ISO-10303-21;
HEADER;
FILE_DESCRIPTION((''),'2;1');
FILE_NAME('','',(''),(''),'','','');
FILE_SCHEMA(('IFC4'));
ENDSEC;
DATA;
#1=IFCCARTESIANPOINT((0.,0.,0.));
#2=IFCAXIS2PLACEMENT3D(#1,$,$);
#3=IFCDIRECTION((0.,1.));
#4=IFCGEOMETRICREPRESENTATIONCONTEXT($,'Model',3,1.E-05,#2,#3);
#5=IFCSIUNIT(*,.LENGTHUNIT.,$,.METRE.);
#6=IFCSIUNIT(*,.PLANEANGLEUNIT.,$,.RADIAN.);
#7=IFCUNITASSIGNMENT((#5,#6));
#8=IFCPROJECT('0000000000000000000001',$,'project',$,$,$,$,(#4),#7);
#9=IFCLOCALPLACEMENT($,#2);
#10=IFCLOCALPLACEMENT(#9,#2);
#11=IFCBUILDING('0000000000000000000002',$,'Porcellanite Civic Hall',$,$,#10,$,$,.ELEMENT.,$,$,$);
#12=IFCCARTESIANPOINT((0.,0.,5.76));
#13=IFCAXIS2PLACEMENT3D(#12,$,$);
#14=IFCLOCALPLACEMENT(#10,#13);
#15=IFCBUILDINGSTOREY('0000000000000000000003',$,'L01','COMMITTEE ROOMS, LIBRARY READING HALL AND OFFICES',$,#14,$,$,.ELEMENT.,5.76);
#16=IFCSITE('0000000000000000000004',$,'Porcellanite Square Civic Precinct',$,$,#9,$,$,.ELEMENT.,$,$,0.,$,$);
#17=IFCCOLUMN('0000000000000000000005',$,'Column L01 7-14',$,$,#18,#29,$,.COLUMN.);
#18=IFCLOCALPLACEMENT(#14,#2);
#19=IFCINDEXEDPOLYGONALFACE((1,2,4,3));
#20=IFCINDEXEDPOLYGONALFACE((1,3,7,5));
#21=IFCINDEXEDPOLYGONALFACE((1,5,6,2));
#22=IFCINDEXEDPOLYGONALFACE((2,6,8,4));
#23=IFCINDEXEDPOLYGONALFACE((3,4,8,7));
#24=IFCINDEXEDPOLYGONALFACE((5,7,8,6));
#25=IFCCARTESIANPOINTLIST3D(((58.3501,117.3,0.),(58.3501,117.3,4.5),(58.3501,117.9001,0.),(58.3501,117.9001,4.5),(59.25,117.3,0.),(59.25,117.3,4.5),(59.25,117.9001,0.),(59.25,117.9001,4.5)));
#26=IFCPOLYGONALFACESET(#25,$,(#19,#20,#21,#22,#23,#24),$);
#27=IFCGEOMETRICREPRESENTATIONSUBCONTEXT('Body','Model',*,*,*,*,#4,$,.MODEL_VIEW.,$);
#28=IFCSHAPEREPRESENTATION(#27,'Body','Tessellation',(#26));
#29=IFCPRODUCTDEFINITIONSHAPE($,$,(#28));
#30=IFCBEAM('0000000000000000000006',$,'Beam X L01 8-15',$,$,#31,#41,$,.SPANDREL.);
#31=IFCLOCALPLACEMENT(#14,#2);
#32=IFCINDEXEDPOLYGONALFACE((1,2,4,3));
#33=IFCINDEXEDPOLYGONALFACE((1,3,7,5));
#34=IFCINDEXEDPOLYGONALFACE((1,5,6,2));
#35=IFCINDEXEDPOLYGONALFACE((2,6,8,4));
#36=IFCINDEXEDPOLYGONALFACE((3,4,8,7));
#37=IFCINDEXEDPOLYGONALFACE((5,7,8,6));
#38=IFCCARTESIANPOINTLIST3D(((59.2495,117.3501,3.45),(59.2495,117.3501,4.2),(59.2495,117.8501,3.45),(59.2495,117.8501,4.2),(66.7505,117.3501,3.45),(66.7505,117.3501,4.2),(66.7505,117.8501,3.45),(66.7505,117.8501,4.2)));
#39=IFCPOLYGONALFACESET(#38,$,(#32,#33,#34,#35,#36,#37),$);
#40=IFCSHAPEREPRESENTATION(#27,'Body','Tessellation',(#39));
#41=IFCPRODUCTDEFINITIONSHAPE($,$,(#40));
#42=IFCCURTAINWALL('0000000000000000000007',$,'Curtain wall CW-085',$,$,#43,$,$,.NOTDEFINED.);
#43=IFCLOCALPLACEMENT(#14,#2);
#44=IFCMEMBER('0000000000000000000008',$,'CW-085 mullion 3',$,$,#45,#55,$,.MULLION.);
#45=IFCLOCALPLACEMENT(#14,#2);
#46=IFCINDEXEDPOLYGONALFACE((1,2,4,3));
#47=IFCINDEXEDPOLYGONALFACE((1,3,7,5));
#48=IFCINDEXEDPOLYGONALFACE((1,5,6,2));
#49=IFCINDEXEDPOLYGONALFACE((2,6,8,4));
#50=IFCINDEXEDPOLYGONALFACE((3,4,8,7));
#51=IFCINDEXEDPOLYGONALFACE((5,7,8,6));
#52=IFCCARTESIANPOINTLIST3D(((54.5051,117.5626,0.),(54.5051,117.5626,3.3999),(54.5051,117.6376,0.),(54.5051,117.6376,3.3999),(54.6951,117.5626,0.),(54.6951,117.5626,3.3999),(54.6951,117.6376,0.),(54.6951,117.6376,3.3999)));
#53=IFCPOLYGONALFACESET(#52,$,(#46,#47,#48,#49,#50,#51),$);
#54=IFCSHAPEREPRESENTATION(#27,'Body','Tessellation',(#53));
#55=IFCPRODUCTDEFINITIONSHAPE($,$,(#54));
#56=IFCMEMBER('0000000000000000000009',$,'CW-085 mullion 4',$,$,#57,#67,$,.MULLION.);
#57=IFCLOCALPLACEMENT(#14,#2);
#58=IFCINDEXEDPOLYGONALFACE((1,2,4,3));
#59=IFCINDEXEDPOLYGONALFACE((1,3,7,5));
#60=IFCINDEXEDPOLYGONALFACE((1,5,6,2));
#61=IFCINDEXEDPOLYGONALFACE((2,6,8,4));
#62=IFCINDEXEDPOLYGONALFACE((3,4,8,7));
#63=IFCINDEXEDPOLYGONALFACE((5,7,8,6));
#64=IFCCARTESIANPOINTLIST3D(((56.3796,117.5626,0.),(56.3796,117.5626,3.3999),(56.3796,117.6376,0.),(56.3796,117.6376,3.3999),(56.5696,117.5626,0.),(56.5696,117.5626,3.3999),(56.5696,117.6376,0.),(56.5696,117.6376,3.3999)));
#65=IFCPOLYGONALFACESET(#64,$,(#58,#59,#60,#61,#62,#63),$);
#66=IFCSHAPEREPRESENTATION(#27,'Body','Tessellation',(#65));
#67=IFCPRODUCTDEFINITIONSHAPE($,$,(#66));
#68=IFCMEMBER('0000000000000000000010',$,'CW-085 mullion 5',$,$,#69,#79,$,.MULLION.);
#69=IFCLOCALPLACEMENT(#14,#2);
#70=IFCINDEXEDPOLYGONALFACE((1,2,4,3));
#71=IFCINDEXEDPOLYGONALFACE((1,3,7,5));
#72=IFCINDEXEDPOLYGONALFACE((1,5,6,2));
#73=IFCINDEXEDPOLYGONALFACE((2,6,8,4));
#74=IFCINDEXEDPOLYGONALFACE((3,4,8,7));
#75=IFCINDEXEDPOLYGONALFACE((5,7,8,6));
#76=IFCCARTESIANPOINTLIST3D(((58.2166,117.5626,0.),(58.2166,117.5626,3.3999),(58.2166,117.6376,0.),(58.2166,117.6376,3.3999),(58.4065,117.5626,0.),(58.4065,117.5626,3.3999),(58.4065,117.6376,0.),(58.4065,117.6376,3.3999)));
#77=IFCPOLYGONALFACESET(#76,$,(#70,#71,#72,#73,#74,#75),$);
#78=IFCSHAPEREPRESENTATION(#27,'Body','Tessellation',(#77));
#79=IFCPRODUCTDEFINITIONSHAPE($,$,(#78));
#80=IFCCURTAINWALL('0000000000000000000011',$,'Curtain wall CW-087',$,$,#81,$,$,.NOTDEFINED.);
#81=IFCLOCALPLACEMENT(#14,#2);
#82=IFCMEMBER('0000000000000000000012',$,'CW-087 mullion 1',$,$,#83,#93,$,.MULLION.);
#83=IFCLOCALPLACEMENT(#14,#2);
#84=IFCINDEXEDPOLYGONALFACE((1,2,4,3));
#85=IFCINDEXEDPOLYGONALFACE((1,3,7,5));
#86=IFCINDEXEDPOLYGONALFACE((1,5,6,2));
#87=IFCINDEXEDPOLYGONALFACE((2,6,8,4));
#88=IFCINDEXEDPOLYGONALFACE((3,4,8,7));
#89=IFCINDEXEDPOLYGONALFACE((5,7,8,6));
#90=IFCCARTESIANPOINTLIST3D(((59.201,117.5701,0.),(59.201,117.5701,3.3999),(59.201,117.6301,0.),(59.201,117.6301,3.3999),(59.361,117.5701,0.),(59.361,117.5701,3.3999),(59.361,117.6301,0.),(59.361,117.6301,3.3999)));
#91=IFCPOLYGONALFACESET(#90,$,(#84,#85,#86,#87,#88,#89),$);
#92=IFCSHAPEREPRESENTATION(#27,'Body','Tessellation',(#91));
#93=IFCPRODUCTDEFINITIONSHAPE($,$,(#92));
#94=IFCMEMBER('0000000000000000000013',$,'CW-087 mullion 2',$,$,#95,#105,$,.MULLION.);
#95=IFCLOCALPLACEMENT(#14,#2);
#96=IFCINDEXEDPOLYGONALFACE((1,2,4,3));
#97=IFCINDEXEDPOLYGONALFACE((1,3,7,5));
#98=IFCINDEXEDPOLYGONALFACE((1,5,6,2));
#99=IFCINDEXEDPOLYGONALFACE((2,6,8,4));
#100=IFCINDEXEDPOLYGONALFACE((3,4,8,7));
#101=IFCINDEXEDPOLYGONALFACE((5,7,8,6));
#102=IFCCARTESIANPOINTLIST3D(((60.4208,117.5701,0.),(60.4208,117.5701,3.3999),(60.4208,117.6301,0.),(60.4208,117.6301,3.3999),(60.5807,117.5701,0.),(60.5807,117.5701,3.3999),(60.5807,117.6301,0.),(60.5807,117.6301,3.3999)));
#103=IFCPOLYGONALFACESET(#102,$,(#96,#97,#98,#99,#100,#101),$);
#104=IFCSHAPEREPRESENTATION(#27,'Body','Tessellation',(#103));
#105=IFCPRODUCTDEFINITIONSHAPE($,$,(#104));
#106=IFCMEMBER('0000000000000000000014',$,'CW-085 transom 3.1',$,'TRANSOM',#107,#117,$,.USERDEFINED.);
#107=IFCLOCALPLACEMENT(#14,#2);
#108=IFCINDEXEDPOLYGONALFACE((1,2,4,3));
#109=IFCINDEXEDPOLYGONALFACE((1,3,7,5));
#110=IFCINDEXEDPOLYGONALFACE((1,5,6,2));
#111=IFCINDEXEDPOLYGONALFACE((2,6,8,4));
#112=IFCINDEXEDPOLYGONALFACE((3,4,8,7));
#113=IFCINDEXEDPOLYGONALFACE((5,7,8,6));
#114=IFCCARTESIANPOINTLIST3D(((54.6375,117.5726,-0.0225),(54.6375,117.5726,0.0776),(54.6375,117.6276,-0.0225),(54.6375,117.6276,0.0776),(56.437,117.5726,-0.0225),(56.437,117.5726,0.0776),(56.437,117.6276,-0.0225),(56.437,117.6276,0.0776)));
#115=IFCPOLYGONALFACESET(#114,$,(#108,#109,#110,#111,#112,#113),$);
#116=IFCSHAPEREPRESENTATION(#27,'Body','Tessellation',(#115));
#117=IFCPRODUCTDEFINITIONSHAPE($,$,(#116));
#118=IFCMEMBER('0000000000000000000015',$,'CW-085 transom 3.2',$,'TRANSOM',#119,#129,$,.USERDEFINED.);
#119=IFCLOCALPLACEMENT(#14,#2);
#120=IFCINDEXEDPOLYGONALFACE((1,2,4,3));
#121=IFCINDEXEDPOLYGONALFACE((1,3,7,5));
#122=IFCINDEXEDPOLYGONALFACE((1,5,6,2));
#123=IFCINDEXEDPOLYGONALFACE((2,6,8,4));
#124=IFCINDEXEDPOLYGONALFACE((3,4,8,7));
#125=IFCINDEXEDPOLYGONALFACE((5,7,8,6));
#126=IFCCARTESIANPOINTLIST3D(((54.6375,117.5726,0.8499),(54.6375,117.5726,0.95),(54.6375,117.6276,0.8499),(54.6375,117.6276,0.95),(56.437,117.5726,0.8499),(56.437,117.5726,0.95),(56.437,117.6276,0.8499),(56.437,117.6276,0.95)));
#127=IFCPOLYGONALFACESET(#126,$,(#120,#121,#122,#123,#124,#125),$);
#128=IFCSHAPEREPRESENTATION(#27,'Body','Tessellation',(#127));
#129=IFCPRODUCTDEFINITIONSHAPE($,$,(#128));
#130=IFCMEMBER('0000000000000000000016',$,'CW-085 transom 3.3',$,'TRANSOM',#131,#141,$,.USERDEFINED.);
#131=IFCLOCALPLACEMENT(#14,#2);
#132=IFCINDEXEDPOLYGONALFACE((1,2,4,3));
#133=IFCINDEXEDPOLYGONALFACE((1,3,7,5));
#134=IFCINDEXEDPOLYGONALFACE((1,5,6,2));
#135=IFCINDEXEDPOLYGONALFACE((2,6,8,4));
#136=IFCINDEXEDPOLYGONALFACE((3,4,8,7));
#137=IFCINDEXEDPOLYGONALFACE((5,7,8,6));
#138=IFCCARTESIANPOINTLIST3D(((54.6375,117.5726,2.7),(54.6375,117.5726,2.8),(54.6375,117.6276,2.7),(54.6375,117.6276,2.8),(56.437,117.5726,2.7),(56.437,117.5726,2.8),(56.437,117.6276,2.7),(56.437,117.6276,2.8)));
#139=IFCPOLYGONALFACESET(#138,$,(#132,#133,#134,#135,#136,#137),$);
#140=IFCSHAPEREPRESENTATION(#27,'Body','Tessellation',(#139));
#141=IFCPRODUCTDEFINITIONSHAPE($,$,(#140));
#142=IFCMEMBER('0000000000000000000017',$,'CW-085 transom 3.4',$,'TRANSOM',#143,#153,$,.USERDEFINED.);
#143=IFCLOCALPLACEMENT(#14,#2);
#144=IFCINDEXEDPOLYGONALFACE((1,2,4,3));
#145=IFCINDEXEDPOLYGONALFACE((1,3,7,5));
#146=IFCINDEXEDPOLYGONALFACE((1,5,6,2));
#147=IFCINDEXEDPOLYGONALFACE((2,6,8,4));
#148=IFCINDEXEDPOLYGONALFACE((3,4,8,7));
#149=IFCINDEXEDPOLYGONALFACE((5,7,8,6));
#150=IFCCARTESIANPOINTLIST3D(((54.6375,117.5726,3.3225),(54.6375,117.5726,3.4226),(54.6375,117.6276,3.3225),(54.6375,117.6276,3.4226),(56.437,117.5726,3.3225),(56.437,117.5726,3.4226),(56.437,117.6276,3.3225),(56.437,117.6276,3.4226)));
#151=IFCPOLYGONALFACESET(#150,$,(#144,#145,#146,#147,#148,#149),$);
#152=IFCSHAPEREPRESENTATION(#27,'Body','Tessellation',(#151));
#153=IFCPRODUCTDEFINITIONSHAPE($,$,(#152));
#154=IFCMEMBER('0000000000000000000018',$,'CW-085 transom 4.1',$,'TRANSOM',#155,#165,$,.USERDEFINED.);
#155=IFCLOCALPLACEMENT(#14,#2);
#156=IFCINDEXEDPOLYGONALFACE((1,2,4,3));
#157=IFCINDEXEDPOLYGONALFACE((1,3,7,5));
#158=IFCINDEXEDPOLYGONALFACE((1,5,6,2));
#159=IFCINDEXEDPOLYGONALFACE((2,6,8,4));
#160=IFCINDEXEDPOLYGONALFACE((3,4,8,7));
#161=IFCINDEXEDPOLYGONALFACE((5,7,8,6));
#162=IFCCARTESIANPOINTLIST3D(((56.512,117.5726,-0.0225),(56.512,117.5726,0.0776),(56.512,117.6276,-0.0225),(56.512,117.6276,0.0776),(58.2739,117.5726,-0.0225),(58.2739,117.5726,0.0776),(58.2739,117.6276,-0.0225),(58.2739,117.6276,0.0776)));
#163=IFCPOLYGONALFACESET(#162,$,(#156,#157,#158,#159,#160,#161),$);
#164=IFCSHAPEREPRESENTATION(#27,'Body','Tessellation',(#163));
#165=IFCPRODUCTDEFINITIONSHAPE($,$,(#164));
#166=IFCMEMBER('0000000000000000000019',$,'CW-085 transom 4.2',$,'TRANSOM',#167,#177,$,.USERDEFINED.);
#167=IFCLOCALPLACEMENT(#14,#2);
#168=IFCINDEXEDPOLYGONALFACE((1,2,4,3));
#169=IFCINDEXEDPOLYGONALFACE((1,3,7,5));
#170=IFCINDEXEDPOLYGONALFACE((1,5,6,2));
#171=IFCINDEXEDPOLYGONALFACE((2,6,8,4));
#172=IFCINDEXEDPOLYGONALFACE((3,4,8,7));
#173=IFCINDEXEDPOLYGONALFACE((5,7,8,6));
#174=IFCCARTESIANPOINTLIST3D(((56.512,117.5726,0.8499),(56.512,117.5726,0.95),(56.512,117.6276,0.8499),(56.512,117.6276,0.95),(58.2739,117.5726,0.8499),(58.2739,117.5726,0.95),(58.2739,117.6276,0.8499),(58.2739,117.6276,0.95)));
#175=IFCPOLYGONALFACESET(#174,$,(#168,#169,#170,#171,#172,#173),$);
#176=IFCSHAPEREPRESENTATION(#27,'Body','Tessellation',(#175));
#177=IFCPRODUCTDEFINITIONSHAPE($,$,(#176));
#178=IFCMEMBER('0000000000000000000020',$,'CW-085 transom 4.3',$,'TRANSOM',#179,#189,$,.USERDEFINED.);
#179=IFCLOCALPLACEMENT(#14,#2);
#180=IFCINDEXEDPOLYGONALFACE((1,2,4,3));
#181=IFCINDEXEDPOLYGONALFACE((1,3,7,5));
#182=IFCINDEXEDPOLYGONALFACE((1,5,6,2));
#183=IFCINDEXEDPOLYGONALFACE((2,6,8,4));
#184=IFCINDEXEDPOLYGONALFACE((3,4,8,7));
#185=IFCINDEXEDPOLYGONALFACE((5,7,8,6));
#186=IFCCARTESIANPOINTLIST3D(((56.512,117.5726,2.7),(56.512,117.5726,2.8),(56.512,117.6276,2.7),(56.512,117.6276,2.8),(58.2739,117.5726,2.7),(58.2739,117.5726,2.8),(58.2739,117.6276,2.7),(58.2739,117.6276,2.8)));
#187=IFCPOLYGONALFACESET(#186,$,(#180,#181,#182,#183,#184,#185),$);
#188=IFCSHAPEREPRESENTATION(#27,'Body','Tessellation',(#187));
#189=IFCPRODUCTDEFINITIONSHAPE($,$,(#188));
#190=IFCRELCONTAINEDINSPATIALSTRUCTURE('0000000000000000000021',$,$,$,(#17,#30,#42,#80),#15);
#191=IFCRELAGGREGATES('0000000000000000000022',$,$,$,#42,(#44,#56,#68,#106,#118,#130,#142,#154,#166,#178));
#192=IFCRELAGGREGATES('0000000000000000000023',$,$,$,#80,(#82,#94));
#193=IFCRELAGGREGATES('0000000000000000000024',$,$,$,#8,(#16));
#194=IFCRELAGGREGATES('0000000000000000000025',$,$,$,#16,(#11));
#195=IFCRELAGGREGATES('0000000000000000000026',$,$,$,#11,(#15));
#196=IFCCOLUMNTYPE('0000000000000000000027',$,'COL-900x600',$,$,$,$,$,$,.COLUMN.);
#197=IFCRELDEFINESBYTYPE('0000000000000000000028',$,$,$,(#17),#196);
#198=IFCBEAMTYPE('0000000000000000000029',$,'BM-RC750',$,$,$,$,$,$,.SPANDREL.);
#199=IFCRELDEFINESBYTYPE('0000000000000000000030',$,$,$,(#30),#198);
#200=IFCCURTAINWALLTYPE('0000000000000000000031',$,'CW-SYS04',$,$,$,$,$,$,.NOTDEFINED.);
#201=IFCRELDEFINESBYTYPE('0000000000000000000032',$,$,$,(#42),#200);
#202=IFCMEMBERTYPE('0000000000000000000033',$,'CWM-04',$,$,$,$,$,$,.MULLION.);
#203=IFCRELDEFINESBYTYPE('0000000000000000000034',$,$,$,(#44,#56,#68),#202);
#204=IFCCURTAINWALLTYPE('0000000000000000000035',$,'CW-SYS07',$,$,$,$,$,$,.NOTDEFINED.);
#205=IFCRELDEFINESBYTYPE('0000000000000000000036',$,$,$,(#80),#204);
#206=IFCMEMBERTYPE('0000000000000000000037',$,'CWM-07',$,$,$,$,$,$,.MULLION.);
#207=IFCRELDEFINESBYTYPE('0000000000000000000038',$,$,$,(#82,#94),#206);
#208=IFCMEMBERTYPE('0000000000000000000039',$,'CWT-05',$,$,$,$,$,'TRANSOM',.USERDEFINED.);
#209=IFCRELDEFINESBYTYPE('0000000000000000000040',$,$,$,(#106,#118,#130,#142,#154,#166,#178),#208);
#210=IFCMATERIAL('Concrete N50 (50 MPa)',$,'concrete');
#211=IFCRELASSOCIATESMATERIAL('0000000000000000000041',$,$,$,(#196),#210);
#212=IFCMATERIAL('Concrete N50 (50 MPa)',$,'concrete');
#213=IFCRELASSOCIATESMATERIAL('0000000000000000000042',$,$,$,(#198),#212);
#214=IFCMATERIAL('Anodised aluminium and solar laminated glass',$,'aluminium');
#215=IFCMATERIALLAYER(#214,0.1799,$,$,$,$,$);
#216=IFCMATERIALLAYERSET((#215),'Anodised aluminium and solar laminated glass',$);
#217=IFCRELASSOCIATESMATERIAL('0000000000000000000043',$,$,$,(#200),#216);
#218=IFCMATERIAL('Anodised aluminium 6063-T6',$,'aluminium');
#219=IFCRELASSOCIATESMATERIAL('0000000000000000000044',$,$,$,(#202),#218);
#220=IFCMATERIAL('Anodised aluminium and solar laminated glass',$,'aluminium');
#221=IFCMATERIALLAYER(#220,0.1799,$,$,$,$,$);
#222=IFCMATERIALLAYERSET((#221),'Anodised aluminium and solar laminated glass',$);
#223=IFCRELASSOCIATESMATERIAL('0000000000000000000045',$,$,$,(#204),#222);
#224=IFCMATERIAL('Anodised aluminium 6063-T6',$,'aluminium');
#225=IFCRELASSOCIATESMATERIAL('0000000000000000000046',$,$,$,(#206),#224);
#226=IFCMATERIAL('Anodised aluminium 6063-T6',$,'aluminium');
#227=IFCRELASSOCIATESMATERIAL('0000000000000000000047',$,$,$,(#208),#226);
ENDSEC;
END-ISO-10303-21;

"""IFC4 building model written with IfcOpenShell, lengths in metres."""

from ifc_helpers import new_model, si_unit, direction, frame, origin, origin_2d, place, context, subcontext, project, spatial, rectangle, extrude, material, layer, layer_set, material_profile, profile_set, type_object, element, aggregate, save


model = new_model("IFC4")

# Units and contexts
model_context = context("Model", 3, precision=1e-05, world=origin(), true_north=direction((0.0, 1.0)))
body_context = subcontext(model_context, "Body", "Model", "MODEL_VIEW")
ifc_project = project(units=[si_unit("LENGTHUNIT", "METRE"), si_unit("PLANEANGLEUNIT", "RADIAN")], contexts=[model_context])

# Site, building, storey
site_placement = place(None, origin())
site = spatial("IfcSite", under=ifc_project, at=site_placement, Name="Porcellanite Square Civic Precinct", CompositionType="ELEMENT", RefElevation=0.0)
building_placement = place(site_placement, origin())
building = spatial("IfcBuilding", under=site, at=building_placement, Name="Porcellanite Civic Hall", CompositionType="ELEMENT")
storey_placement = place(building_placement, frame((0.0, 0.0, 5.76)))
storey = spatial("IfcBuildingStorey", under=building, at=storey_placement, Name="L01", Description="COMMITTEE ROOMS, LIBRARY READING HALL AND OFFICES", CompositionType="ELEMENT", Elevation=5.76)

# Column
ifc_material_1 = material(Name="Concrete N50 (50 MPa)", Category="concrete")
ifc_material_profile_1 = material_profile(ifc_material_1, rectangle(XDim=0.8999, YDim=0.6001, at=origin_2d()), Name="RC-900x600")
ifc_profile_set_1 = profile_set([ifc_material_profile_1], Name="Concrete N50 (50 MPa)")
column_type = type_object("IfcColumnType", Name="COL-900x600", PredefinedType="COLUMN", material=ifc_profile_set_1)
column_placement = place(storey_placement, frame((58.8, 117.6001, 0.0), z_axis=(0.0, 0.0, 1.0), x_axis=(1.0, 0.0, 0.0)))
element("IfcColumn", 1, at=column_placement, inside=storey, type_object=column_type, Name="Column L01 7-14", PredefinedType="COLUMN", context=body_context, shape_type="SweptSolid", body=[
    extrude(rectangle(XDim=0.8999, YDim=0.6001, at=origin_2d()), origin(), (0.0, 0.0, 1.0), 4.5),
])

# Beam
ifc_material_2 = material(Name="Concrete N50 (50 MPa)", Category="concrete")
ifc_material_profile_2 = material_profile(ifc_material_2, rectangle(XDim=0.5, YDim=0.75, at=origin_2d()), Name="RC-500x750")
ifc_profile_set_2 = profile_set([ifc_material_profile_2], Name="Concrete N50 (50 MPa)")
beam_type = type_object("IfcBeamType", Name="BM-RC750", PredefinedType="SPANDREL", material=ifc_profile_set_2)
beam_placement = place(storey_placement, frame((59.2495, 117.6001, 3.825), z_axis=(1.0, 0.0, 0.0), x_axis=(0.0, 1.0, 0.0)))
element("IfcBeam", 2, at=beam_placement, inside=storey, type_object=beam_type, Name="Beam X L01 8-15", PredefinedType="SPANDREL", context=body_context, shape_type="SweptSolid", body=[
    extrude(rectangle(XDim=0.5, YDim=0.75, at=origin_2d()), origin(), (0.0, 0.0, 1.0), 7.501),
])

# Curtain walls, members
ifc_material_3 = material(Name="Anodised aluminium and solar laminated glass", Category="aluminium")
ifc_layer_1 = layer(ifc_material_3, 0.1799)
ifc_layer_set_1 = layer_set([ifc_layer_1], Name="Anodised aluminium and solar laminated glass")
curtain_wall_type_1 = type_object("IfcCurtainWallType", Name="CW-SYS04", PredefinedType="NOTDEFINED", material=ifc_layer_set_1)
curtain_wall_1_placement = place(storey_placement, origin())
curtain_wall_1 = element("IfcCurtainWall", 3, at=curtain_wall_1_placement, inside=storey, type_object=curtain_wall_type_1, Name="Curtain wall CW-085", PredefinedType="NOTDEFINED")
ifc_material_4 = material(Name="Anodised aluminium 6063-T6", Category="aluminium")
ifc_material_profile_3 = material_profile(ifc_material_4, rectangle(XDim=0.075, YDim=0.1899, at=origin_2d()), Name="AL-75x190")
ifc_profile_set_3 = profile_set([ifc_material_profile_3], Name="Anodised aluminium 6063-T6")
member_type_1 = type_object("IfcMemberType", Name="CWM-04", PredefinedType="MULLION", material=ifc_profile_set_3)
member_1_placement = place(storey_placement, frame((54.6001, 117.6001, 0.0), z_axis=(0.0, 0.0, 1.0), x_axis=(0.0, 1.0, 0.0)))
member_1 = element("IfcMember", 4, at=member_1_placement, type_object=member_type_1, Name="CW-085 mullion 3", PredefinedType="MULLION", context=body_context, shape_type="SweptSolid", body=[
    extrude(rectangle(XDim=0.075, YDim=0.1899, at=origin_2d()), origin(), (0.0, 0.0, 1.0), 3.3999),
])
member_2_placement = place(storey_placement, frame((56.4746, 117.6001, 0.0), z_axis=(0.0, 0.0, 1.0), x_axis=(0.0, 1.0, 0.0)))
member_2 = element("IfcMember", 5, at=member_2_placement, type_object=member_type_1, Name="CW-085 mullion 4", PredefinedType="MULLION", context=body_context, shape_type="SweptSolid", body=[
    extrude(rectangle(XDim=0.075, YDim=0.1899, at=origin_2d()), origin(), (0.0, 0.0, 1.0), 3.3999),
])
member_3_placement = place(storey_placement, frame((58.3115, 117.6001, 0.0), z_axis=(0.0, 0.0, 1.0), x_axis=(0.0, 1.0, 0.0)))
member_3 = element("IfcMember", 6, at=member_3_placement, type_object=member_type_1, Name="CW-085 mullion 5", PredefinedType="MULLION", context=body_context, shape_type="SweptSolid", body=[
    extrude(rectangle(XDim=0.075, YDim=0.1899, at=origin_2d()), origin(), (0.0, 0.0, 1.0), 3.3999),
])
ifc_material_5 = material(Name="Anodised aluminium and solar laminated glass", Category="aluminium")
ifc_layer_2 = layer(ifc_material_5, 0.1799)
ifc_layer_set_2 = layer_set([ifc_layer_2], Name="Anodised aluminium and solar laminated glass")
curtain_wall_type_2 = type_object("IfcCurtainWallType", Name="CW-SYS07", PredefinedType="NOTDEFINED", material=ifc_layer_set_2)
curtain_wall_2_placement = place(storey_placement, origin())
curtain_wall_2 = element("IfcCurtainWall", 7, at=curtain_wall_2_placement, inside=storey, type_object=curtain_wall_type_2, Name="Curtain wall CW-087", PredefinedType="NOTDEFINED")
ifc_material_6 = material(Name="Anodised aluminium 6063-T6", Category="aluminium")
ifc_material_profile_4 = material_profile(ifc_material_6, rectangle(XDim=0.0601, YDim=0.1599, at=origin_2d()), Name="AL-60x160")
ifc_profile_set_4 = profile_set([ifc_material_profile_4], Name="Anodised aluminium 6063-T6")
member_type_2 = type_object("IfcMemberType", Name="CWM-07", PredefinedType="MULLION", material=ifc_profile_set_4)
member_4_placement = place(storey_placement, frame((59.281, 117.6001, 0.0), z_axis=(0.0, 0.0, 1.0), x_axis=(0.0, 1.0, 0.0)))
member_4 = element("IfcMember", 8, at=member_4_placement, type_object=member_type_2, Name="CW-087 mullion 1", PredefinedType="MULLION", context=body_context, shape_type="SweptSolid", body=[
    extrude(rectangle(XDim=0.0601, YDim=0.1599, at=origin_2d()), origin(), (0.0, 0.0, 1.0), 3.3999),
])
member_5_placement = place(storey_placement, frame((60.5007, 117.6001, 0.0), z_axis=(0.0, 0.0, 1.0), x_axis=(0.0, 1.0, 0.0)))
member_5 = element("IfcMember", 9, at=member_5_placement, type_object=member_type_2, Name="CW-087 mullion 2", PredefinedType="MULLION", context=body_context, shape_type="SweptSolid", body=[
    extrude(rectangle(XDim=0.0601, YDim=0.1599, at=origin_2d()), origin(), (0.0, 0.0, 1.0), 3.3999),
])

# Members
ifc_material_7 = material(Name="Anodised aluminium 6063-T6", Category="aluminium")
ifc_material_profile_5 = material_profile(ifc_material_7, rectangle(XDim=0.0549, YDim=0.1001, at=origin_2d()), Name="AL-55x100")
ifc_profile_set_5 = profile_set([ifc_material_profile_5], Name="Anodised aluminium 6063-T6")
member_type_3 = type_object("IfcMemberType", Name="CWT-05", ElementType="TRANSOM", PredefinedType="USERDEFINED", material=ifc_profile_set_5)
member_6_placement = place(storey_placement, frame((54.6375, 117.6001, 0.0276), z_axis=(1.0, 0.0, 0.0), x_axis=(0.0, 1.0, 0.0)))
member_6 = element("IfcMember", 10, at=member_6_placement, type_object=member_type_3, Name="CW-085 transom 3.1", ObjectType="TRANSOM", PredefinedType="USERDEFINED", context=body_context, shape_type="SweptSolid", body=[
    extrude(rectangle(XDim=0.0549, YDim=0.1001, at=origin_2d()), origin(), (0.0, 0.0, 1.0), 1.7996),
])
member_7_placement = place(storey_placement, frame((54.6375, 117.6001, 0.8999), z_axis=(1.0, 0.0, 0.0), x_axis=(0.0, 1.0, 0.0)))
member_7 = element("IfcMember", 11, at=member_7_placement, type_object=member_type_3, Name="CW-085 transom 3.2", ObjectType="TRANSOM", PredefinedType="USERDEFINED", context=body_context, shape_type="SweptSolid", body=[
    extrude(rectangle(XDim=0.0549, YDim=0.1001, at=origin_2d()), origin(), (0.0, 0.0, 1.0), 1.7996),
])
member_8_placement = place(storey_placement, frame((54.6375, 117.6001, 2.75), z_axis=(1.0, 0.0, 0.0), x_axis=(0.0, 1.0, 0.0)))
member_8 = element("IfcMember", 12, at=member_8_placement, type_object=member_type_3, Name="CW-085 transom 3.3", ObjectType="TRANSOM", PredefinedType="USERDEFINED", context=body_context, shape_type="SweptSolid", body=[
    extrude(rectangle(XDim=0.0549, YDim=0.1001, at=origin_2d()), origin(), (0.0, 0.0, 1.0), 1.7996),
])
member_9_placement = place(storey_placement, frame((54.6375, 117.6001, 3.3726), z_axis=(1.0, 0.0, 0.0), x_axis=(0.0, 1.0, 0.0)))
member_9 = element("IfcMember", 13, at=member_9_placement, type_object=member_type_3, Name="CW-085 transom 3.4", ObjectType="TRANSOM", PredefinedType="USERDEFINED", context=body_context, shape_type="SweptSolid", body=[
    extrude(rectangle(XDim=0.0549, YDim=0.1001, at=origin_2d()), origin(), (0.0, 0.0, 1.0), 1.7996),
])
member_10_placement = place(storey_placement, frame((56.512, 117.6001, 0.0276), z_axis=(1.0, 0.0, 0.0), x_axis=(0.0, 1.0, 0.0)))
member_10 = element("IfcMember", 14, at=member_10_placement, type_object=member_type_3, Name="CW-085 transom 4.1", ObjectType="TRANSOM", PredefinedType="USERDEFINED", context=body_context, shape_type="SweptSolid", body=[
    extrude(rectangle(XDim=0.0549, YDim=0.1001, at=origin_2d()), origin(), (0.0, 0.0, 1.0), 1.762),
])
member_11_placement = place(storey_placement, frame((56.512, 117.6001, 0.8999), z_axis=(1.0, 0.0, 0.0), x_axis=(0.0, 1.0, 0.0)))
member_11 = element("IfcMember", 15, at=member_11_placement, type_object=member_type_3, Name="CW-085 transom 4.2", ObjectType="TRANSOM", PredefinedType="USERDEFINED", context=body_context, shape_type="SweptSolid", body=[
    extrude(rectangle(XDim=0.0549, YDim=0.1001, at=origin_2d()), origin(), (0.0, 0.0, 1.0), 1.762),
])
member_12_placement = place(storey_placement, frame((56.512, 117.6001, 2.75), z_axis=(1.0, 0.0, 0.0), x_axis=(0.0, 1.0, 0.0)))
member_12 = element("IfcMember", 16, at=member_12_placement, type_object=member_type_3, Name="CW-085 transom 4.3", ObjectType="TRANSOM", PredefinedType="USERDEFINED", context=body_context, shape_type="SweptSolid", body=[
    extrude(rectangle(XDim=0.0549, YDim=0.1001, at=origin_2d()), origin(), (0.0, 0.0, 1.0), 1.762),
])

aggregate(curtain_wall_1, [member_1, member_2, member_3, member_6, member_7, member_8, member_9, member_10, member_11, member_12])
aggregate(curtain_wall_2, [member_4, member_5])

save(model, "model.ifc")
